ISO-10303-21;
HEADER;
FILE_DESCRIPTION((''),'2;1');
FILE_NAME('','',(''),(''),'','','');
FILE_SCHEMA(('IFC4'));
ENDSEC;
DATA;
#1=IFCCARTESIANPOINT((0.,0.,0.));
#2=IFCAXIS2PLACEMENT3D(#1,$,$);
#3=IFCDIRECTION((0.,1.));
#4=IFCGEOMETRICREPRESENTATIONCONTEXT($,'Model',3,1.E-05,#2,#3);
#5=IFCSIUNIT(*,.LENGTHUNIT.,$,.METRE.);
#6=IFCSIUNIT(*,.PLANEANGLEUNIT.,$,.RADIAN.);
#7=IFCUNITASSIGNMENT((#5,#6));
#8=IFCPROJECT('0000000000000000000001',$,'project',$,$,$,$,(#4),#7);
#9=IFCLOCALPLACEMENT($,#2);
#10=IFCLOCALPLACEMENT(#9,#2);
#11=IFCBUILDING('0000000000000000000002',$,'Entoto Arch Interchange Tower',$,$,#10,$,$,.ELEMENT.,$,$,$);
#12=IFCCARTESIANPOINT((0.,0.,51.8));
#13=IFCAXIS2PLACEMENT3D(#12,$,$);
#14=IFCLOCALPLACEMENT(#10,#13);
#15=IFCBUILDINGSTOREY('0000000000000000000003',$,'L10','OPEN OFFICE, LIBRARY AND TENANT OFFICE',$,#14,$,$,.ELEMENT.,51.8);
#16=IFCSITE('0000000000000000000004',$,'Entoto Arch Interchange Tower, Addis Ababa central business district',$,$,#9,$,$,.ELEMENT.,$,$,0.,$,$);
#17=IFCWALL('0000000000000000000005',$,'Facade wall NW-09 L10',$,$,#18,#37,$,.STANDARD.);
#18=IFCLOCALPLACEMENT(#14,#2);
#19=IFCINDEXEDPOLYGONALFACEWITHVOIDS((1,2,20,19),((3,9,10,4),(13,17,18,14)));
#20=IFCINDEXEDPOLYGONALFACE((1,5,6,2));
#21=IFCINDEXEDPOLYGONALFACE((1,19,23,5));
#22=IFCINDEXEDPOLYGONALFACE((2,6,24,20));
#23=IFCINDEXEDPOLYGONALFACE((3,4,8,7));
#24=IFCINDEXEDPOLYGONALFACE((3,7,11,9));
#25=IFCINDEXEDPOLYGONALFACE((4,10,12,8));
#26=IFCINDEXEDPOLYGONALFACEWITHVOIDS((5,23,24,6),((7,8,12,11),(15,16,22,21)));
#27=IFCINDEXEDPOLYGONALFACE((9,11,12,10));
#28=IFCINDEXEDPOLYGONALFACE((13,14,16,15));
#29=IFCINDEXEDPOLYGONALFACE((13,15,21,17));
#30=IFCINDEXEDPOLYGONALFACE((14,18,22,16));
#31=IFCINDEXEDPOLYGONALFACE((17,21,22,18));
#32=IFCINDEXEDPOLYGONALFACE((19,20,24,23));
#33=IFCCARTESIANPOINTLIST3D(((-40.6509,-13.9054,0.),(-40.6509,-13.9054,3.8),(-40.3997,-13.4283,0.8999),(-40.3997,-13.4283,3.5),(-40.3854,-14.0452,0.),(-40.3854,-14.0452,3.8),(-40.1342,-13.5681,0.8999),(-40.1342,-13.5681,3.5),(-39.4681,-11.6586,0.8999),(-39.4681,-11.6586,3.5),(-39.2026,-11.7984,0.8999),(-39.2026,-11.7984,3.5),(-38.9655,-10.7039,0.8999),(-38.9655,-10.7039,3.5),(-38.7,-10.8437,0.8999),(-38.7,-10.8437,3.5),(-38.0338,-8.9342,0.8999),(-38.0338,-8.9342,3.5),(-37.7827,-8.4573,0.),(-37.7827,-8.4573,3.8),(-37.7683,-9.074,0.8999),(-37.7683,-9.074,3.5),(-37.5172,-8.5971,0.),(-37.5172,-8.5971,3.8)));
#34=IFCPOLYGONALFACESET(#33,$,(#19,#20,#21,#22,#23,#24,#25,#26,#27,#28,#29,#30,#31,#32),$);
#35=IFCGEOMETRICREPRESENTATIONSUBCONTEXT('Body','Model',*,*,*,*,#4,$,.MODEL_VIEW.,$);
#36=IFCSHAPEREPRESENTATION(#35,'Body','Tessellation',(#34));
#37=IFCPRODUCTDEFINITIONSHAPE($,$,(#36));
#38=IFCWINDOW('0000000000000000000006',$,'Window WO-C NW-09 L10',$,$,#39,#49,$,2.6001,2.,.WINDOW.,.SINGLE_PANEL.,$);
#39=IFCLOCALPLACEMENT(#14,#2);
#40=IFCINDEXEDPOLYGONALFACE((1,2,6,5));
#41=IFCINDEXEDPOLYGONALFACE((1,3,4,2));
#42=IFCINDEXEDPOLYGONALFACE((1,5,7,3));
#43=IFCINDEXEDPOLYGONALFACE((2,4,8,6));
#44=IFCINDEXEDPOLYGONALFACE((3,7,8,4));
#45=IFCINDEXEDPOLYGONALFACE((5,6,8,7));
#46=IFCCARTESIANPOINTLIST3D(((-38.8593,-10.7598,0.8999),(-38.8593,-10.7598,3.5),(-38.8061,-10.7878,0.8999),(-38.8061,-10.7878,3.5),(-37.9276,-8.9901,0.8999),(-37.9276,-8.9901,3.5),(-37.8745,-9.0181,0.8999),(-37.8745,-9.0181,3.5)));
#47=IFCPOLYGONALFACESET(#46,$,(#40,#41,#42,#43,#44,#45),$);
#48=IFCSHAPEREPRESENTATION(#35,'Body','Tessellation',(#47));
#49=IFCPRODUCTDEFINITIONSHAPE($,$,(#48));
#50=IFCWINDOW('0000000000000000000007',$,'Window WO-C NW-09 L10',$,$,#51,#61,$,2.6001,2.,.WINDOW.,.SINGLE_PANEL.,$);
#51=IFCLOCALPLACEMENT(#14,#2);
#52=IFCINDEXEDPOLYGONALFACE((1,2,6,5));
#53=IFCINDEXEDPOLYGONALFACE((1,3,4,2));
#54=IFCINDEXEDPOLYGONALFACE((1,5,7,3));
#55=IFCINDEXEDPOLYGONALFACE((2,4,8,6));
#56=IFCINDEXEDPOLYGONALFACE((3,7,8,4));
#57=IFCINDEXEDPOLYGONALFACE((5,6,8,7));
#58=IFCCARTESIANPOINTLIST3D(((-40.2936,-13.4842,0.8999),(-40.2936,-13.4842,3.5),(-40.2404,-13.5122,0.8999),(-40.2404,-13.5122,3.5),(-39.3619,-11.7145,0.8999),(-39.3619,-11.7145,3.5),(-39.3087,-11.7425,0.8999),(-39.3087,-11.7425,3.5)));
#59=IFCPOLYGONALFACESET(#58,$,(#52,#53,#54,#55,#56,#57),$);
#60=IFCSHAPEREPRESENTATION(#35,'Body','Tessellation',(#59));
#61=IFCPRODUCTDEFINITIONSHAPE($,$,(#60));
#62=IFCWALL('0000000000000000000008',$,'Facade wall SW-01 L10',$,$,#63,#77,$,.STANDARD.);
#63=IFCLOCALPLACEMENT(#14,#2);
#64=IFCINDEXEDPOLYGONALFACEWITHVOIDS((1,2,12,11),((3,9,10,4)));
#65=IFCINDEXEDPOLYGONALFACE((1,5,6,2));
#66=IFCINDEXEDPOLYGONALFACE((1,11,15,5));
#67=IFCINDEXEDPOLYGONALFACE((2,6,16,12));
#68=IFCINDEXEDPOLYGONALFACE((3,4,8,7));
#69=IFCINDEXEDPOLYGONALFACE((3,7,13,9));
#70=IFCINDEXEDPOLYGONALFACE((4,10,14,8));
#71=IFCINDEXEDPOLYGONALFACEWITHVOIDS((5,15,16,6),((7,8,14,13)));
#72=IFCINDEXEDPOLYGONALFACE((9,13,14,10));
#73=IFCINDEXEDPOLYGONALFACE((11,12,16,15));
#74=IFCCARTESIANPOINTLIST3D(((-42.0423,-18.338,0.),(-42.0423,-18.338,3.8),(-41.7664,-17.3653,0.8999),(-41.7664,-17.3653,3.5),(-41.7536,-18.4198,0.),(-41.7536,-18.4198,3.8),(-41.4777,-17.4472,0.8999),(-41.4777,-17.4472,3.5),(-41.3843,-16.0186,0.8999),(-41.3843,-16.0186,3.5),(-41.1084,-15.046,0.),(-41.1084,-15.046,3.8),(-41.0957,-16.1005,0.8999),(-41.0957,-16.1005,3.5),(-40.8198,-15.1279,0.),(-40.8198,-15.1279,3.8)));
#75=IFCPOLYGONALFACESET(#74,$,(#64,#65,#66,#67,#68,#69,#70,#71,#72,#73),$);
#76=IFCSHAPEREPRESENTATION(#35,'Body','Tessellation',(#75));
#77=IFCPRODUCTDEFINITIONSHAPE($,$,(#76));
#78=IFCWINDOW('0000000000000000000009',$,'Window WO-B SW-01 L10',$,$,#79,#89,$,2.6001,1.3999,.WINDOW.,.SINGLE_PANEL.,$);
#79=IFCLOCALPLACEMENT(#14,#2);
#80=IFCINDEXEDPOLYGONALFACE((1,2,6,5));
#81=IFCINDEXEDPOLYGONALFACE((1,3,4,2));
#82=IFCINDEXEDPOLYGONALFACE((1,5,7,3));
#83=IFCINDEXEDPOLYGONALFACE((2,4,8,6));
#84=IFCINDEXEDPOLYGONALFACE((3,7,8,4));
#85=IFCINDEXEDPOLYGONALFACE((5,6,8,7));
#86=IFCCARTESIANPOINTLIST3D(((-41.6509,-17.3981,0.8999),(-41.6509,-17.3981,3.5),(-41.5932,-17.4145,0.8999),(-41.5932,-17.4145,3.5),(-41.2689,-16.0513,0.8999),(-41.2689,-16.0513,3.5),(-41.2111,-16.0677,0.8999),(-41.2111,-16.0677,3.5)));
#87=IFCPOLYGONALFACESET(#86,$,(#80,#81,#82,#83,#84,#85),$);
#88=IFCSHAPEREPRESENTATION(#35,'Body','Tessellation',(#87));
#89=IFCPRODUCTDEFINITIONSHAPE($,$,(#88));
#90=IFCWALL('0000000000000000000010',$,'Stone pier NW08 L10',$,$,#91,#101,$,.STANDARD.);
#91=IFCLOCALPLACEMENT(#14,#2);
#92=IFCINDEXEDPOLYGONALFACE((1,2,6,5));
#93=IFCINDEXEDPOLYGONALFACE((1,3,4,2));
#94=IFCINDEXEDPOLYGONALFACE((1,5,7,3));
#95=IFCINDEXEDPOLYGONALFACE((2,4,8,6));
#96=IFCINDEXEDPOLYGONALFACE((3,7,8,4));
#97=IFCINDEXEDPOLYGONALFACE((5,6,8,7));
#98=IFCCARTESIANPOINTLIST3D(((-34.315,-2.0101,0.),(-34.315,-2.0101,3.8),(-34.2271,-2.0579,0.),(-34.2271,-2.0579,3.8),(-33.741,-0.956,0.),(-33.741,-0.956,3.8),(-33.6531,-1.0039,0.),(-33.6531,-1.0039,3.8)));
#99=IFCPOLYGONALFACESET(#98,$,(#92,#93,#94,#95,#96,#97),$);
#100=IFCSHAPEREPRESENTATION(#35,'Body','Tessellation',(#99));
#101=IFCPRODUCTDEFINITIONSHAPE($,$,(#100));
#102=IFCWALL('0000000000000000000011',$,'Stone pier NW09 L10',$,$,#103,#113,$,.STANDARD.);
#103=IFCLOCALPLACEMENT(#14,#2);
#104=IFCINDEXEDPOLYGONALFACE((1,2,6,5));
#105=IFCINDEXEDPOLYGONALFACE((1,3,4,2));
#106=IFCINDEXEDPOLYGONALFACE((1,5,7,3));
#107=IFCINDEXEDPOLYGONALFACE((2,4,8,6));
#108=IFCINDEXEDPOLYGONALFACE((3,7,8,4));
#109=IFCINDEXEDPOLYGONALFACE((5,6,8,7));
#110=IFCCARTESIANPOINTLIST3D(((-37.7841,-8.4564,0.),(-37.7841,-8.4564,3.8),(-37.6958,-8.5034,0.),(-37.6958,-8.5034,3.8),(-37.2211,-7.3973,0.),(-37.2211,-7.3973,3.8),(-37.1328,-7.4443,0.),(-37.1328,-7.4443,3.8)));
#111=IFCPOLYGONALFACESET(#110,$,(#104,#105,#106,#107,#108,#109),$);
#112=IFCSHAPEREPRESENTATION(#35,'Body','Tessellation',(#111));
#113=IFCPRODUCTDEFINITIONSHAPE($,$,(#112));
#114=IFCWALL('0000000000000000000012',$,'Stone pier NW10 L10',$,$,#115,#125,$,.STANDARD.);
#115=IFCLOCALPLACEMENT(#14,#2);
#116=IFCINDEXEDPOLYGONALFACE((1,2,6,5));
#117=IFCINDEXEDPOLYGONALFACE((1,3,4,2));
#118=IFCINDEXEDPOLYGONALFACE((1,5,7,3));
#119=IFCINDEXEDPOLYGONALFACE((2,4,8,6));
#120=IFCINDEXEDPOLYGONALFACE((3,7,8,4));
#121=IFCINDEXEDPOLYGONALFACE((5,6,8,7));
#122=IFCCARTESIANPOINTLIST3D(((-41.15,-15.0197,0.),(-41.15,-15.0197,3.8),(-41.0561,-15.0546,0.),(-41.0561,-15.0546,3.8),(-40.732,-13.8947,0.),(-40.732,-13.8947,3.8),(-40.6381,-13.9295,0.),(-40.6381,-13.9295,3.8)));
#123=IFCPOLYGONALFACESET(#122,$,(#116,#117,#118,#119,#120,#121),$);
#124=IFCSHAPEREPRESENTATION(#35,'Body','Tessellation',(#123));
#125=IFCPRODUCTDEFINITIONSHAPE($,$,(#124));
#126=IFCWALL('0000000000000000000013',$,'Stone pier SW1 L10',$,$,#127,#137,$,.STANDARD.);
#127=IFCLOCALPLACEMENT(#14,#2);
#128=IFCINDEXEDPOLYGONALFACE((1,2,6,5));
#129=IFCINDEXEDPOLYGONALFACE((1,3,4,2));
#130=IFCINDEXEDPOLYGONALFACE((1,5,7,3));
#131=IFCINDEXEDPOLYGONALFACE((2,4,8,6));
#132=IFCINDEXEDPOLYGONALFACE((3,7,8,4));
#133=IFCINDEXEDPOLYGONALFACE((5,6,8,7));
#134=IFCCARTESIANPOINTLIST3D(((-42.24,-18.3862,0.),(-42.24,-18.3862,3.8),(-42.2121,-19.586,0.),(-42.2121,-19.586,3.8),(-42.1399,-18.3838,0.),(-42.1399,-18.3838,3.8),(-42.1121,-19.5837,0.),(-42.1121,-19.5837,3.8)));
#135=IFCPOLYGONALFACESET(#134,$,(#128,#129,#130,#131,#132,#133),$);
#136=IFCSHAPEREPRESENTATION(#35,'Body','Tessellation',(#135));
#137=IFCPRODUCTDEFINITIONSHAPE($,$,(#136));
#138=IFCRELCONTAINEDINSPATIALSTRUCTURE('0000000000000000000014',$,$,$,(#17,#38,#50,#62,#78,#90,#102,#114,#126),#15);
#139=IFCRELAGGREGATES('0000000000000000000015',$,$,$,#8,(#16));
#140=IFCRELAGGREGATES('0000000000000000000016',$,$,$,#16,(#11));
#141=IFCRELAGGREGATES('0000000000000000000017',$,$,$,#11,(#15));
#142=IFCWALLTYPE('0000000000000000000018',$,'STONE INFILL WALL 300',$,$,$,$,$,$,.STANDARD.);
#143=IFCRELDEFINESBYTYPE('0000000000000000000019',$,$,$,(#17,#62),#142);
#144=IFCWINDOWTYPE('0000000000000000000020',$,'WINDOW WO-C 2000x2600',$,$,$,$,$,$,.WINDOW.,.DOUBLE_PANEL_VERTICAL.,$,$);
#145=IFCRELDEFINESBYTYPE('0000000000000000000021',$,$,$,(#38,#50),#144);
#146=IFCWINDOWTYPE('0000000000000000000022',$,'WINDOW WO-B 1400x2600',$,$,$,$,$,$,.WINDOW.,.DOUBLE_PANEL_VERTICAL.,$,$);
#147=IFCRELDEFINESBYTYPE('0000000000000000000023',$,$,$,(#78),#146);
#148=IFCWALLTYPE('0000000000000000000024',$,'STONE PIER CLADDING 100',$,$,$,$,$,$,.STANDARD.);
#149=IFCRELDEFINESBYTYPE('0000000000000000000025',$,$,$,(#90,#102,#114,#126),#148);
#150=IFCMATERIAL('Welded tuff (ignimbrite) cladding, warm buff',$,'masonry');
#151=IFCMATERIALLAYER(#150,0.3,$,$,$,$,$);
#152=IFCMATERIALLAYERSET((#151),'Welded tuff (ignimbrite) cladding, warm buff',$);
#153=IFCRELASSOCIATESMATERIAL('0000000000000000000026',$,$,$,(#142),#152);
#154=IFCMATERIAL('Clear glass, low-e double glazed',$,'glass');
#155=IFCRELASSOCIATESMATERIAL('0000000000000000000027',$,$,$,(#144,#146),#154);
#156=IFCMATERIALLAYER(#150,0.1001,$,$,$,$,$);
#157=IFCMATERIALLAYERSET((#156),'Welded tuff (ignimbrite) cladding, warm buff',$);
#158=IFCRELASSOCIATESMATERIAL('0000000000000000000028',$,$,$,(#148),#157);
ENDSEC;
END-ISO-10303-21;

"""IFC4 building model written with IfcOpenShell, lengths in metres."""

from ifc_helpers import new_model, si_unit, direction, frame, frame_2d, origin, place, context, subcontext, project, spatial, rectangle, extrude, material, layer, layer_set, type_object, element, fill, save


model = new_model("IFC4")

# Units and contexts
model_context = context("Model", 3, precision=1e-05, world=origin(), true_north=direction((0.0, 1.0)))
body_context = subcontext(model_context, "Body", "Model", "MODEL_VIEW")
ifc_project = project(units=[si_unit("LENGTHUNIT", "METRE"), si_unit("PLANEANGLEUNIT", "RADIAN")], contexts=[model_context])

# Site, building, storey
site_placement = place(None, origin())
site = spatial("IfcSite", under=ifc_project, at=site_placement, Name="Entoto Arch Interchange Tower, Addis Ababa central business district", CompositionType="ELEMENT", RefElevation=0.0)
building_placement = place(site_placement, origin())
building = spatial("IfcBuilding", under=site, at=building_placement, Name="Entoto Arch Interchange Tower", CompositionType="ELEMENT")
storey_placement = place(building_placement, frame((0.0, 0.0, 51.8)))
storey = spatial("IfcBuildingStorey", under=building, at=storey_placement, Name="L10", Description="OPEN OFFICE, LIBRARY AND TENANT OFFICE", CompositionType="ELEMENT", Elevation=51.8)

# Wall, openings, windows
ifc_material_1 = material(Name="Welded tuff (ignimbrite) cladding, warm buff", Category="masonry")
ifc_layer_1 = layer(ifc_material_1, 0.3)
ifc_layer_set_1 = layer_set([ifc_layer_1], Name="Welded tuff (ignimbrite) cladding, warm buff")
wall_type_1 = type_object("IfcWallType", Name="STONE INFILL WALL 300", PredefinedType="STANDARD", material=ifc_layer_set_1)
ifc_material_2 = material(Name="Clear glass, low-e double glazed", Category="glass")
window_type_1 = type_object("IfcWindowType", Name="WINDOW WO-C 2000x2600", PartitioningType="DOUBLE_PANEL_VERTICAL", PredefinedType="WINDOW", material=ifc_material_2)
wall_1_placement = place(storey_placement, frame((-37.6499, -8.5271, 0.0), z_axis=(0.0, 0.0, 1.0), x_axis=(-0.465848, -0.884865, 0.0)))
wall_1 = element("IfcWall", 1, at=wall_1_placement, inside=storey, type_object=wall_type_1, Name="Facade wall NW-09 L10", PredefinedType="STANDARD", context=body_context, shape_type="SweptSolid", body=[
    extrude(rectangle(XDim=6.157, YDim=0.3, at=frame_2d((3.0786, 0.0))), origin(), (0.0, 0.0, 1.0), 3.8),
])
opening_1_placement = place(wall_1_placement, frame((0.5391, 0.0, 0.8999)))
opening_1 = element("IfcOpeningElement", 2, at=opening_1_placement, cuts=wall_1, PredefinedType="OPENING", context=body_context, shape_type="SweptSolid", body=[
    extrude(rectangle(XDim=2.0, YDim=2.6001, at=frame_2d((1.0, 1.3))), frame((0.0, 0.1602, 0.0), z_axis=(0.0, -1.0, 0.0), x_axis=(1.0, 0.0, 0.0)), (0.0, 0.0, 1.0), 0.3201),
])
opening_2_placement = place(wall_1_placement, frame((3.6179, 0.0, 0.8999)))
opening_2 = element("IfcOpeningElement", 3, at=opening_2_placement, cuts=wall_1, PredefinedType="OPENING", context=body_context, shape_type="SweptSolid", body=[
    extrude(rectangle(XDim=2.0, YDim=2.6001, at=frame_2d((1.0, 1.3))), frame((0.0, 0.1602, 0.0), z_axis=(0.0, -1.0, 0.0), x_axis=(1.0, 0.0, 0.0)), (0.0, 0.0, 1.0), 0.3201),
])
window_1_placement = place(opening_1_placement, origin())
window_1 = element("IfcWindow", 4, at=window_1_placement, inside=storey, type_object=window_type_1, Name="Window WO-C NW-09 L10", OverallHeight=2.6001, OverallWidth=2.0, PartitioningType="SINGLE_PANEL", PredefinedType="WINDOW", context=body_context, shape_type="SweptSolid", body=[
    extrude(rectangle(XDim=2.0, YDim=2.6001, at=frame_2d((1.0, 1.3))), frame((0.0, 0.03, 0.0), z_axis=(0.0, -1.0, 0.0), x_axis=(1.0, 0.0, 0.0)), (0.0, 0.0, 1.0), 0.0601),
])
fill(opening_1, window_1)
window_2_placement = place(opening_2_placement, origin())
window_2 = element("IfcWindow", 5, at=window_2_placement, inside=storey, type_object=window_type_1, Name="Window WO-C NW-09 L10", OverallHeight=2.6001, OverallWidth=2.0, PartitioningType="SINGLE_PANEL", PredefinedType="WINDOW", context=body_context, shape_type="SweptSolid", body=[
    extrude(rectangle(XDim=2.0, YDim=2.6001, at=frame_2d((1.0, 1.3))), frame((0.0, 0.03, 0.0), z_axis=(0.0, -1.0, 0.0), x_axis=(1.0, 0.0, 0.0)), (0.0, 0.0, 1.0), 0.0601),
])
fill(opening_2, window_2)

# Wall, opening, window
wall_2_placement = place(storey_placement, frame((-40.9641, -15.0869, 0.0), z_axis=(0.0, 0.0, 1.0), x_axis=(-0.272902, -0.962042, 0.0)))
wall_2 = element("IfcWall", 6, at=wall_2_placement, inside=storey, type_object=wall_type_1, Name="Facade wall SW-01 L10", PredefinedType="STANDARD", context=body_context, shape_type="SweptSolid", body=[
    extrude(rectangle(XDim=3.4219, YDim=0.3, at=frame_2d((1.7109, 0.0))), origin(), (0.0, 0.0, 1.0), 3.8),
])
opening_3_placement = place(wall_2_placement, frame((1.011, 0.0, 0.8999)))
opening_3 = element("IfcOpeningElement", 7, at=opening_3_placement, cuts=wall_2, PredefinedType="OPENING", context=body_context, shape_type="SweptSolid", body=[
    extrude(rectangle(XDim=1.3999, YDim=2.6001, at=frame_2d((0.7, 1.3))), frame((0.0, 0.1602, 0.0), z_axis=(0.0, -1.0, 0.0), x_axis=(1.0, 0.0, 0.0)), (0.0, 0.0, 1.0), 0.3201),
])
window_type_2 = type_object("IfcWindowType", Name="WINDOW WO-B 1400x2600", PartitioningType="DOUBLE_PANEL_VERTICAL", PredefinedType="WINDOW", material=ifc_material_2)
window_3_placement = place(opening_3_placement, origin())
window_3 = element("IfcWindow", 8, at=window_3_placement, inside=storey, type_object=window_type_2, Name="Window WO-B SW-01 L10", OverallHeight=2.6001, OverallWidth=1.3999, PartitioningType="SINGLE_PANEL", PredefinedType="WINDOW", context=body_context, shape_type="SweptSolid", body=[
    extrude(rectangle(XDim=1.3999, YDim=2.6001, at=frame_2d((0.7, 1.3))), frame((0.0, 0.03, 0.0), z_axis=(0.0, -1.0, 0.0), x_axis=(1.0, 0.0, 0.0)), (0.0, 0.0, 1.0), 0.0601),
])
fill(opening_3, window_3)

# Walls
ifc_layer_2 = layer(ifc_material_1, 0.1001)
ifc_layer_set_2 = layer_set([ifc_layer_2], Name="Welded tuff (ignimbrite) cladding, warm buff")
wall_type_2 = type_object("IfcWallType", Name="STONE PIER CLADDING 100", PredefinedType="STANDARD", material=ifc_layer_set_2)
wall_3_placement = place(storey_placement, frame((-33.697, -0.98, 0.0), z_axis=(0.0, 0.0, 1.0), x_axis=(-0.478268, -0.878214, 0.0)))
element("IfcWall", 9, at=wall_3_placement, inside=storey, type_object=wall_type_2, Name="Stone pier NW08 L10", PredefinedType="STANDARD", context=body_context, shape_type="SweptSolid", body=[
    extrude(rectangle(XDim=1.2002, YDim=0.1001, at=frame_2d((0.6001, 0.0))), origin(), (0.0, 0.0, 1.0), 3.8),
])
wall_4_placement = place(storey_placement, frame((-37.177, -7.4209, 0.0), z_axis=(0.0, 0.0, 1.0), x_axis=(-0.469383, -0.882994, 0.0)))
element("IfcWall", 10, at=wall_4_placement, inside=storey, type_object=wall_type_2, Name="Stone pier NW09 L10", PredefinedType="STANDARD", context=body_context, shape_type="SweptSolid", body=[
    extrude(rectangle(XDim=1.1995, YDim=0.1001, at=frame_2d((0.5996, 0.0))), origin(), (0.0, 0.0, 1.0), 3.8),
])
for number, where, z_axis, x_axis, name in (
    (11, (-40.6851, -13.9121, 0.0), (0.0, 0.0, 1.0), (-0.348268, -0.937395, 0.0), "Stone pier NW10 L10"),
    (12, (-42.1899, -18.385, 0.0), (0.0, 0.0, 1.0), (0.023188, -0.999731, 0.0), "Stone pier SW1 L10"),
):
    element("IfcWall", number, at=place(storey_placement, frame(where, z_axis=z_axis, x_axis=x_axis)), inside=storey, type_object=wall_type_2, Name=name, PredefinedType="STANDARD", context=body_context, shape_type="SweptSolid", body=[
        extrude(rectangle(XDim=1.2002, YDim=0.1001, at=frame_2d((0.6001, 0.0))), origin(), (0.0, 0.0, 1.0), 3.8),
    ])

save(model, "model.ifc")
